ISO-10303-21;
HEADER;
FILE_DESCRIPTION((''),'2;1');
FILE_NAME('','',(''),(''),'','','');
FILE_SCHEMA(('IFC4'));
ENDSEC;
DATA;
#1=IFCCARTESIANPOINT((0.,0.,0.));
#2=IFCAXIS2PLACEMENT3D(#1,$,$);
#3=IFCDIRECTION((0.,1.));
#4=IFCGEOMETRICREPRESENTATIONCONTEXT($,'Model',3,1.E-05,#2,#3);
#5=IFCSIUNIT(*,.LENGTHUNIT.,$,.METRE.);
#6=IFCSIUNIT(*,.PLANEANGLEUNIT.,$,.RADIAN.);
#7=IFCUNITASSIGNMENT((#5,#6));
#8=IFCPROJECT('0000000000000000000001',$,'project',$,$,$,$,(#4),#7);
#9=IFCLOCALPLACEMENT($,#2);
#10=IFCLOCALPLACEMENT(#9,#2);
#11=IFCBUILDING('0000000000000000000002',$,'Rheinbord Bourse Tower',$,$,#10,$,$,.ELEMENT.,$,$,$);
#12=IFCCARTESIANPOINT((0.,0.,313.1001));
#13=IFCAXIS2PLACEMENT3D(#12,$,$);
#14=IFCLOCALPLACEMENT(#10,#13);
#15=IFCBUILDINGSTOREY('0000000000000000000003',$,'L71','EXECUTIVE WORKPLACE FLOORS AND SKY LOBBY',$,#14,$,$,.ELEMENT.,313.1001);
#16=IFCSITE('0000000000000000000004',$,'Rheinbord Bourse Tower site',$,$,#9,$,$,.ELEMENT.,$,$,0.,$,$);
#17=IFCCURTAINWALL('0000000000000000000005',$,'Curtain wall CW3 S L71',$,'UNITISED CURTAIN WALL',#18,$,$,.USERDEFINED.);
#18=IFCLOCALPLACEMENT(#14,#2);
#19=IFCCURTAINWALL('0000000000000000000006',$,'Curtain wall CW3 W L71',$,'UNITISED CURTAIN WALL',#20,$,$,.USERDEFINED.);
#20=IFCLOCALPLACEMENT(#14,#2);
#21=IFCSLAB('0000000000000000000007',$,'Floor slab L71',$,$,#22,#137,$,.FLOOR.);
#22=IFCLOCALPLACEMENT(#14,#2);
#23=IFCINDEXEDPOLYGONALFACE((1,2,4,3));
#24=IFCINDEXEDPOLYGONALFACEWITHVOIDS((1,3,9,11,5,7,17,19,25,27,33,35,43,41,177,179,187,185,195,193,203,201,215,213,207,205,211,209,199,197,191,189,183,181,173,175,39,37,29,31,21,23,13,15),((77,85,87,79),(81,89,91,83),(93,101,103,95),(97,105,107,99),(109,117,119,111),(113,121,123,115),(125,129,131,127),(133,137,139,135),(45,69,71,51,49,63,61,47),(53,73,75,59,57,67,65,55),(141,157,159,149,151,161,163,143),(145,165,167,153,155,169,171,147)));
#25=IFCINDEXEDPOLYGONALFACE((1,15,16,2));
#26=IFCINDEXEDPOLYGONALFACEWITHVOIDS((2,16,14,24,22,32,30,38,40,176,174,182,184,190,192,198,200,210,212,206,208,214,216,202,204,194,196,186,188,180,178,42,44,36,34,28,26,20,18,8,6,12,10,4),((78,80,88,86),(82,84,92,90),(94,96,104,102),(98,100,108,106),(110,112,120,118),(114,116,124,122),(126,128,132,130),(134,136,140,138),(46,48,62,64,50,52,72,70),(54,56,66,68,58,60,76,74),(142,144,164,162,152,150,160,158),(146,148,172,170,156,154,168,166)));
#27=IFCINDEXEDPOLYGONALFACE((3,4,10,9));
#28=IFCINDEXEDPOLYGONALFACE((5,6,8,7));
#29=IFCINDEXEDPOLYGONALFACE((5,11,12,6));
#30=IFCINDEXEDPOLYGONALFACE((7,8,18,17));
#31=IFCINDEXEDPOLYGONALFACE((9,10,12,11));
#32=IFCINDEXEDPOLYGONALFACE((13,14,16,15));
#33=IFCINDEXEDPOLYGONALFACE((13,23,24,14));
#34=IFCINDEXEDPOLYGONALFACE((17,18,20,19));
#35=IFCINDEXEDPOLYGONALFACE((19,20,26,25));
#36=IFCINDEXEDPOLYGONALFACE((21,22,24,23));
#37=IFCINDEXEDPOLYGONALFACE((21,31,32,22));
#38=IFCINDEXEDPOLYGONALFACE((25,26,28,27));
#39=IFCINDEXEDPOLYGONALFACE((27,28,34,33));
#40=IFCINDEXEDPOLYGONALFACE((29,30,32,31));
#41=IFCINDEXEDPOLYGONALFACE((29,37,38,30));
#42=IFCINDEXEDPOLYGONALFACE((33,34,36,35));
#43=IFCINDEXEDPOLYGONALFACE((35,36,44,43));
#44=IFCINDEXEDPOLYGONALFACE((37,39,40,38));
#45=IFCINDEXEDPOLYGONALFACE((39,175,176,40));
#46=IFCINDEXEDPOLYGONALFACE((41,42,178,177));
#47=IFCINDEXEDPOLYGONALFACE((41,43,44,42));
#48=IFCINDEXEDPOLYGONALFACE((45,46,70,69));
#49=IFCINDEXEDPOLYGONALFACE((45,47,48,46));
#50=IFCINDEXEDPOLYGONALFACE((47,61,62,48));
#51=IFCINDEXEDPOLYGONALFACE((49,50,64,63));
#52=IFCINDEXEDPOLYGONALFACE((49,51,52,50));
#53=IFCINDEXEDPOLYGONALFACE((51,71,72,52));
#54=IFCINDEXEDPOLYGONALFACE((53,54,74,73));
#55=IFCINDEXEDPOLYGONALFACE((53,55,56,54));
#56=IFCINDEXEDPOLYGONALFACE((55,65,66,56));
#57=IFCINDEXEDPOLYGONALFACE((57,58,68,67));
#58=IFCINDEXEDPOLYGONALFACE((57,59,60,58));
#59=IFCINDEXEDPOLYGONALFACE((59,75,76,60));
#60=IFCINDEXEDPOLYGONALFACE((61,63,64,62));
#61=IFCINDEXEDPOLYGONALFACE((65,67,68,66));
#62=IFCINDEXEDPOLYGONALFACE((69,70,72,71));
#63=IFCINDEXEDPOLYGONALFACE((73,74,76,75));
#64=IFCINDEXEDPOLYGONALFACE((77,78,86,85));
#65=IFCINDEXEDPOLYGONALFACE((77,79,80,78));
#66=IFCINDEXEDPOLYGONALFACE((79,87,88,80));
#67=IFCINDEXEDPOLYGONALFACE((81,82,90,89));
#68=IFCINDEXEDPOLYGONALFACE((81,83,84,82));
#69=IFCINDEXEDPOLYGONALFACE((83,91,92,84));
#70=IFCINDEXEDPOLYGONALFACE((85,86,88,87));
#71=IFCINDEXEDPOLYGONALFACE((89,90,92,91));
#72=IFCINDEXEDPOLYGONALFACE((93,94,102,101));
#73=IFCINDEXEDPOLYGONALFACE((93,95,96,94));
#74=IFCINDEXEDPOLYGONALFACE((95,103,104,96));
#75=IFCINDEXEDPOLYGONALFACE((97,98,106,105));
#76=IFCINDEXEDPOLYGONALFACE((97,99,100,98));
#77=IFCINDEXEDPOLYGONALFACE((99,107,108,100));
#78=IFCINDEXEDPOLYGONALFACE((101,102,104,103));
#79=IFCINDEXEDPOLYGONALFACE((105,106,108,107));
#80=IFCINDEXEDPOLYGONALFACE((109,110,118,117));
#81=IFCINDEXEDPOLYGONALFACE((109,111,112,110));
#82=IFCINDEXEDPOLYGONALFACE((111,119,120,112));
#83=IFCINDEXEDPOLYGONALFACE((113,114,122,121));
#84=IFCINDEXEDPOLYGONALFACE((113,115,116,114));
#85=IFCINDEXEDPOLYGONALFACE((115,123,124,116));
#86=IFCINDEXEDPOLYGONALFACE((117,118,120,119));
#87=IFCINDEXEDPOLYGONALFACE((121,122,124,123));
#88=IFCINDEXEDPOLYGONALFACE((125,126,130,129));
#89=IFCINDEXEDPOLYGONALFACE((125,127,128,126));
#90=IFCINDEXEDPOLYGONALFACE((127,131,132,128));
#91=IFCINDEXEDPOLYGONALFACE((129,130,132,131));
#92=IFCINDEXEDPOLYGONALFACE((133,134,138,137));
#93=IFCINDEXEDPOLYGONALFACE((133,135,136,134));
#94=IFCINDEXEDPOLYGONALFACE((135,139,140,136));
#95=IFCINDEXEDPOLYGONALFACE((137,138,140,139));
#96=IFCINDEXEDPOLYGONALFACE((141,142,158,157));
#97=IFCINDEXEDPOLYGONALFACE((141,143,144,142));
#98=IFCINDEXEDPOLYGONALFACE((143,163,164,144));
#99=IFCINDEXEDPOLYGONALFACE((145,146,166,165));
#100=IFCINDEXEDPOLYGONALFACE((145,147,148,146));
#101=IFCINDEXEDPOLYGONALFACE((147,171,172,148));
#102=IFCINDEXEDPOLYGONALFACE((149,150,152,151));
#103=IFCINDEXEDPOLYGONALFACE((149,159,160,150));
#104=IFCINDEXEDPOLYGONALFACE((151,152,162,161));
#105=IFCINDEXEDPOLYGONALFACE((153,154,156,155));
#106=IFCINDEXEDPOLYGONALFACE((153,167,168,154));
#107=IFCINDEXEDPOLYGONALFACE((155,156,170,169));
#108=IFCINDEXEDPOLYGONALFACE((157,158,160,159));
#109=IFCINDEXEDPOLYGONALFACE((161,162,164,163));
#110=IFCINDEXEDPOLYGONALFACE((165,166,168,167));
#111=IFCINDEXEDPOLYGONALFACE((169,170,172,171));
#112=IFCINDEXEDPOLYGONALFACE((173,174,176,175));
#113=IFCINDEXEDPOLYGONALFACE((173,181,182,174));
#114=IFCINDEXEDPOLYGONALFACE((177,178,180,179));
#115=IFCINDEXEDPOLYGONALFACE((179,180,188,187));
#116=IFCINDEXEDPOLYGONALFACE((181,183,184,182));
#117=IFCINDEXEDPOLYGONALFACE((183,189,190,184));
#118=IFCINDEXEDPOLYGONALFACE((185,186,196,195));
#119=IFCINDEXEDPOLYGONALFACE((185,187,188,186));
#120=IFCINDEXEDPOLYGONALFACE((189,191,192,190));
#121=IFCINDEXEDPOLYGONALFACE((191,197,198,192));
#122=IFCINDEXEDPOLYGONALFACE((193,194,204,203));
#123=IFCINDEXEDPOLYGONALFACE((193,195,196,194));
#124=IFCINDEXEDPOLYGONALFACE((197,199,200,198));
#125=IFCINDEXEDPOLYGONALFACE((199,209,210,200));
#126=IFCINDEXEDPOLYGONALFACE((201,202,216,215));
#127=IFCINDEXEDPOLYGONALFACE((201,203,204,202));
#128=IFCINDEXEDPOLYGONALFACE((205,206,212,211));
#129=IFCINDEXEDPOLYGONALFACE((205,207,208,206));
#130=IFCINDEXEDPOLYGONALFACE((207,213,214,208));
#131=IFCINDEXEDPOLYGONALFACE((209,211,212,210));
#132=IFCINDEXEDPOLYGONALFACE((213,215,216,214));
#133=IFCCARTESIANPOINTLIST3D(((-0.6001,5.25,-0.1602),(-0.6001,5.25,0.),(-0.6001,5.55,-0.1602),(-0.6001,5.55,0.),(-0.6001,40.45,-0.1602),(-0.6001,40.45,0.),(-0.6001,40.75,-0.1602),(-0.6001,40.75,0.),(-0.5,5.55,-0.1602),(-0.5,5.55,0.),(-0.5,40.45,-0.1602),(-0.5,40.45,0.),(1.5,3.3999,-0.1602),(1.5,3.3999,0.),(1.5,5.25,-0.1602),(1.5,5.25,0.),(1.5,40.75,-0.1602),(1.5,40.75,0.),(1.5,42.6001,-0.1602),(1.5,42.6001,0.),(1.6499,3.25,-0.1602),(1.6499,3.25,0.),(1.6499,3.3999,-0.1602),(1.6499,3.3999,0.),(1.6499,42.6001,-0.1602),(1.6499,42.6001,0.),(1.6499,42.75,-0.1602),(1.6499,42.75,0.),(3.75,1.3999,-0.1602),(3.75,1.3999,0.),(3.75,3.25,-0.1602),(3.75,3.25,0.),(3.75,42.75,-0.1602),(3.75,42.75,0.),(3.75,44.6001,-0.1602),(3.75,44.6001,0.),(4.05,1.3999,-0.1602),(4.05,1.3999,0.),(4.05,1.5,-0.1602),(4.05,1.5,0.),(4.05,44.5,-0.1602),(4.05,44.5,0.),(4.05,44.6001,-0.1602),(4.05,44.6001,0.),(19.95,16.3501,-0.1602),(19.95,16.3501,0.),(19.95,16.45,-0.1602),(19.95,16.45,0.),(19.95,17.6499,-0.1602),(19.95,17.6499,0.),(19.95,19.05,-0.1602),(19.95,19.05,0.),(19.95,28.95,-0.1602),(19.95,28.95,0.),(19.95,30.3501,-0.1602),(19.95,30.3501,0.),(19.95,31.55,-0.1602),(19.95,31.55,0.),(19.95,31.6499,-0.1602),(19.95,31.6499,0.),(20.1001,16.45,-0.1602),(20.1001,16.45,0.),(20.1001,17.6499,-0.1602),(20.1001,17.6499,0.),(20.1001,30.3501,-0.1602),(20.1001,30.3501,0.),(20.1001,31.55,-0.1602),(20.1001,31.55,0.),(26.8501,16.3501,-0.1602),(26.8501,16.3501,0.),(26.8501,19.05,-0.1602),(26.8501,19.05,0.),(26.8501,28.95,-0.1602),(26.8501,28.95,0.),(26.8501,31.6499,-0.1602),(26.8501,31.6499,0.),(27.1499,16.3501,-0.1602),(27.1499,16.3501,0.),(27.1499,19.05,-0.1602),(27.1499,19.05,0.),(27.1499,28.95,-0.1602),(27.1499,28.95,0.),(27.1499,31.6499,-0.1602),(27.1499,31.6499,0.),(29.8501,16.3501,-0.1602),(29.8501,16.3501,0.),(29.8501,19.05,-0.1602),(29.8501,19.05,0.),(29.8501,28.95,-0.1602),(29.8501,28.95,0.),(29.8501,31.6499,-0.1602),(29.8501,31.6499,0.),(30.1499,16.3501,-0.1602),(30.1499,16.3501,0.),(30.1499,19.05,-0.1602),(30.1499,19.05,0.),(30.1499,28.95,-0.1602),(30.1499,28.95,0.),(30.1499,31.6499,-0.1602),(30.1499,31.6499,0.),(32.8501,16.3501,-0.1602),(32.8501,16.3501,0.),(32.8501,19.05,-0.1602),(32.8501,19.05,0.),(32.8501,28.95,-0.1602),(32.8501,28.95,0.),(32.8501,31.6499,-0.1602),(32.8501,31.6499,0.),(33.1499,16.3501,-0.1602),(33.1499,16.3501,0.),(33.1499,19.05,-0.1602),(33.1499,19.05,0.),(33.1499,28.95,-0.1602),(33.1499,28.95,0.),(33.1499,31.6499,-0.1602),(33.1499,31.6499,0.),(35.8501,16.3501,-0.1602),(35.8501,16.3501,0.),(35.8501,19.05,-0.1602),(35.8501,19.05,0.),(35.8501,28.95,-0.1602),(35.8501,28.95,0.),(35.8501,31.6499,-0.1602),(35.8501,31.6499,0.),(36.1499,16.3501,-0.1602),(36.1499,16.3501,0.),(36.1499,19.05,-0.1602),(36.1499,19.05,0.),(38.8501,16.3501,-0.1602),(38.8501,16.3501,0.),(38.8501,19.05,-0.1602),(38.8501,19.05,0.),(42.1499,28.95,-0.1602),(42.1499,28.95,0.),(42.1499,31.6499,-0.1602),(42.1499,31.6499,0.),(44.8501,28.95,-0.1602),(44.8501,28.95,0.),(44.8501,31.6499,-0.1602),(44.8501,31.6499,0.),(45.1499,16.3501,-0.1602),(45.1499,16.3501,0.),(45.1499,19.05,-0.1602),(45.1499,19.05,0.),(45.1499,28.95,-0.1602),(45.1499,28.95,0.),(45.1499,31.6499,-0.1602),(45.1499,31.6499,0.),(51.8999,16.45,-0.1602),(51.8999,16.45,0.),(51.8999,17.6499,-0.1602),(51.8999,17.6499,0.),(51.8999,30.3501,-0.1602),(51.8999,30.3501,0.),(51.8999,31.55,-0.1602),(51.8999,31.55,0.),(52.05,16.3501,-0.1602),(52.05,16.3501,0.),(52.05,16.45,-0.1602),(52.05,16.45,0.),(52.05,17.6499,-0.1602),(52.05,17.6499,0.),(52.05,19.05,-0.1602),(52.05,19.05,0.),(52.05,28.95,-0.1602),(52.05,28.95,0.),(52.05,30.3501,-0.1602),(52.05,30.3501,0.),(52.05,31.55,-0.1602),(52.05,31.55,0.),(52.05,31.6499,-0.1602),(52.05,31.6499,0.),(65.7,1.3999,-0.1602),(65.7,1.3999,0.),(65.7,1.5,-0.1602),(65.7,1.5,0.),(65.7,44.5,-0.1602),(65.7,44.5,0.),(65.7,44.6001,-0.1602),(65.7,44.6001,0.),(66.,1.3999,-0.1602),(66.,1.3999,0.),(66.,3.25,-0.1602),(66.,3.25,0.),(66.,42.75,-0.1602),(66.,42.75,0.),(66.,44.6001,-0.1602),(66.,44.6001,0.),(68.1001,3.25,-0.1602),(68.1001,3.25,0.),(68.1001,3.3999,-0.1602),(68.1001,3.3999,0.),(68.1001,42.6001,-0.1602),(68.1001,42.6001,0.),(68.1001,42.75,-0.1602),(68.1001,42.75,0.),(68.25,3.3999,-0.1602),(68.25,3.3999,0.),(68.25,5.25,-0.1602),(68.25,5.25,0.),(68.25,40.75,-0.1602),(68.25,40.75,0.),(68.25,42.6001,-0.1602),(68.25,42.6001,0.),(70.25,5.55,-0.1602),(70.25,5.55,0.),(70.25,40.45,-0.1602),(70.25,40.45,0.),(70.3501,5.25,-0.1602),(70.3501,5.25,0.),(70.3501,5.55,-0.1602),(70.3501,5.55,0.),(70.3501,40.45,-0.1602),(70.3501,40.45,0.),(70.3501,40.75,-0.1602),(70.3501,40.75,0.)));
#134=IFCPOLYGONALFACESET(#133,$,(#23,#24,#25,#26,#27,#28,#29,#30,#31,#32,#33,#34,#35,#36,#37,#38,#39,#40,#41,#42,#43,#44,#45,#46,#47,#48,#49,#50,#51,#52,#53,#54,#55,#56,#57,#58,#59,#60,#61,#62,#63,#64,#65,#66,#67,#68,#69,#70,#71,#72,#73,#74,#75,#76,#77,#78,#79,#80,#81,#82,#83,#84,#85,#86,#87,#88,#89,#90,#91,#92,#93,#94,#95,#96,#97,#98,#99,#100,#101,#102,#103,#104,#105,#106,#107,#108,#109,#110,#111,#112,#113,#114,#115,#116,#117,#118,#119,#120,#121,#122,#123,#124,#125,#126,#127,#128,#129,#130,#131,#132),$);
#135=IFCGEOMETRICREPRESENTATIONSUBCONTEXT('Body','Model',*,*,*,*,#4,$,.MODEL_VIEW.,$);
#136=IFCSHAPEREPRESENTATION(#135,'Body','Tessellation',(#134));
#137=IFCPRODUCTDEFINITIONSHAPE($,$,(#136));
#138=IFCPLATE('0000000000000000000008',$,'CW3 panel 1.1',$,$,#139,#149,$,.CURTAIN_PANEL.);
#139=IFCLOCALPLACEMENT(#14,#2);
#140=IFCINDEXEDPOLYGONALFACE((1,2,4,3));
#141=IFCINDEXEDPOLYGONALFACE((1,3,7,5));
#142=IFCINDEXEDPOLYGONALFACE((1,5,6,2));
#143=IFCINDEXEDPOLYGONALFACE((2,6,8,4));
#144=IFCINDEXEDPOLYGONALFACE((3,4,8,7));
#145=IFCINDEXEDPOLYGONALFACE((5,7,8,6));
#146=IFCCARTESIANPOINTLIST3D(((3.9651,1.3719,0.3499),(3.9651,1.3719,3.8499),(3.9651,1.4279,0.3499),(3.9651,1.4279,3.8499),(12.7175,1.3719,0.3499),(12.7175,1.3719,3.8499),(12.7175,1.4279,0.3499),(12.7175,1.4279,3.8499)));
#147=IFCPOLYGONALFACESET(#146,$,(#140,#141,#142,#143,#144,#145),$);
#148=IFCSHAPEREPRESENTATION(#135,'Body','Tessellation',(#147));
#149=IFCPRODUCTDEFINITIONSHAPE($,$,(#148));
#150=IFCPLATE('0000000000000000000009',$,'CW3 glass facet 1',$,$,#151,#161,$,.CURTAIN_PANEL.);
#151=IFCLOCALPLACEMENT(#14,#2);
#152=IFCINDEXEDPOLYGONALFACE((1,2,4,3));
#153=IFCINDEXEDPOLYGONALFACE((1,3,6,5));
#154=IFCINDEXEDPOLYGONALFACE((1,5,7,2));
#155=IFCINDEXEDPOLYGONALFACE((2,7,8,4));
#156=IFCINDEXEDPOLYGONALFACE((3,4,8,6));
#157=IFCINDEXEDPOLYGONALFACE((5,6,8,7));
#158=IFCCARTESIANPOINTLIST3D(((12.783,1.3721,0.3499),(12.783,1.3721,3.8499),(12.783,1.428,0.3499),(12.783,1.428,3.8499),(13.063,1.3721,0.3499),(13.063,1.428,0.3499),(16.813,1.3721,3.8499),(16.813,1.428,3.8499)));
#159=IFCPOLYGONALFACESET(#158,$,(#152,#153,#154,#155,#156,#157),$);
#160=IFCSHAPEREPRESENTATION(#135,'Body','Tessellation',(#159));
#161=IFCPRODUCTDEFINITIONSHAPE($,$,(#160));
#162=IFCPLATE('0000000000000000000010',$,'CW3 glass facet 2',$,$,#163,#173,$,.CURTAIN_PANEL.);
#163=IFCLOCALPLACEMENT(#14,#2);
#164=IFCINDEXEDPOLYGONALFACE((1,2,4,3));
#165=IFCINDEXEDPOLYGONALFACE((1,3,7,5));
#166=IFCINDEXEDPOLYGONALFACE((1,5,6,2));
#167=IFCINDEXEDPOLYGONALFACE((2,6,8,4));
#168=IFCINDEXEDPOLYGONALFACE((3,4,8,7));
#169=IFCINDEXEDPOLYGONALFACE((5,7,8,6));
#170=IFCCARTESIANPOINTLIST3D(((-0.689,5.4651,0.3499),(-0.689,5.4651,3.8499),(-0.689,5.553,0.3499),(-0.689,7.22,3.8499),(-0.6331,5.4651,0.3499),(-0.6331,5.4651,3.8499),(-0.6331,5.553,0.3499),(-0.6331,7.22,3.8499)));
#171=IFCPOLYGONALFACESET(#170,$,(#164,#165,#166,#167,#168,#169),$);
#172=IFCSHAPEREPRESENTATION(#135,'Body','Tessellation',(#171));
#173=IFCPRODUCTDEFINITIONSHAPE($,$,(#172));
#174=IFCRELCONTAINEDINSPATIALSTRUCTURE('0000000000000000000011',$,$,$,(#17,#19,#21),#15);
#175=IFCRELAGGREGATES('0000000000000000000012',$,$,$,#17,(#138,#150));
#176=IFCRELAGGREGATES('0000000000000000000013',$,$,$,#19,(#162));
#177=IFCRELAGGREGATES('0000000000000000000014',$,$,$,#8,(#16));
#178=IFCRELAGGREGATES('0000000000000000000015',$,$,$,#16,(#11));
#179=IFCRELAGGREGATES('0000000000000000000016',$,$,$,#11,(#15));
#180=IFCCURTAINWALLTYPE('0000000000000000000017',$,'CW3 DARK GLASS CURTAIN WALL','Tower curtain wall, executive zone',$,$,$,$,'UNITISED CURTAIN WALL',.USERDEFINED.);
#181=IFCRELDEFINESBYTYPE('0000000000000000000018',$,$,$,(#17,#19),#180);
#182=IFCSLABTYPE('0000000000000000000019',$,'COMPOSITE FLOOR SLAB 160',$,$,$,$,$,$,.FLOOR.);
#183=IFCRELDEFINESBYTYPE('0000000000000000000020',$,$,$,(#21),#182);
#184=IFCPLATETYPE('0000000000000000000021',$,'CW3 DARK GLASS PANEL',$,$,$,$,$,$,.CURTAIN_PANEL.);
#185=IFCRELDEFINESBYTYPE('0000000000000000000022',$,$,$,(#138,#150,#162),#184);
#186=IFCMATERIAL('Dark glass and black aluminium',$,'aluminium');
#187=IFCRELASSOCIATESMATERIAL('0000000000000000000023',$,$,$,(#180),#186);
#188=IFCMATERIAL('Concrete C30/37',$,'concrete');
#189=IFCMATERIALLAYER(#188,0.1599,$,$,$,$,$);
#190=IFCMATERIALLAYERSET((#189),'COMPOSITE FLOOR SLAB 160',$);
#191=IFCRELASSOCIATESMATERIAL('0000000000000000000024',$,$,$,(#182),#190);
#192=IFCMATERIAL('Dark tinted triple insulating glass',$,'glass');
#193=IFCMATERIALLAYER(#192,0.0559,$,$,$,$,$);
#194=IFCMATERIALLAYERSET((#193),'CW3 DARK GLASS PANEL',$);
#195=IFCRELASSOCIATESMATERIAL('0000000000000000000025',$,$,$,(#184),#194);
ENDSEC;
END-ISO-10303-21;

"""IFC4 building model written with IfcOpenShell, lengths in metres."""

from ifc_helpers import new_model, si_unit, direction, frame, origin, origin_2d, place, context, subcontext, project, spatial, polyline, rectangle, outline, extrude, material, layer, layer_set, type_object, element, aggregate, save


model = new_model("IFC4")

# Units and contexts
model_context = context("Model", 3, precision=1e-05, world=origin(), true_north=direction((0.0, 1.0)))
body_context = subcontext(model_context, "Body", "Model", "MODEL_VIEW")
ifc_project = project(units=[si_unit("LENGTHUNIT", "METRE"), si_unit("PLANEANGLEUNIT", "RADIAN")], contexts=[model_context])

# Site, building, storey
site_placement = place(None, origin())
site = spatial("IfcSite", under=ifc_project, at=site_placement, Name="Rheinbord Bourse Tower site", CompositionType="ELEMENT", RefElevation=0.0)
building_placement = place(site_placement, origin())
building = spatial("IfcBuilding", under=site, at=building_placement, Name="Rheinbord Bourse Tower", CompositionType="ELEMENT")
storey_placement = place(building_placement, frame((0.0, 0.0, 313.1001)))
storey = spatial("IfcBuildingStorey", under=building, at=storey_placement, Name="L71", Description="EXECUTIVE WORKPLACE FLOORS AND SKY LOBBY", CompositionType="ELEMENT", Elevation=313.1001)

# Curtain wall
ifc_material_1 = material(Name="Dark glass and black aluminium", Category="aluminium")
curtain_wall_type = type_object("IfcCurtainWallType", Name="CW3 DARK GLASS CURTAIN WALL", Description="Tower curtain wall, executive zone", ElementType="UNITISED CURTAIN WALL", PredefinedType="USERDEFINED", material=ifc_material_1)
curtain_wall_1_placement = place(storey_placement, origin())
curtain_wall_1 = element("IfcCurtainWall", 1, at=curtain_wall_1_placement, inside=storey, type_object=curtain_wall_type, Name="Curtain wall CW3 S L71", ObjectType="UNITISED CURTAIN WALL", PredefinedType="USERDEFINED")

# Curtain wall
curtain_wall_2_placement = place(storey_placement, origin())
curtain_wall_2 = element("IfcCurtainWall", 2, at=curtain_wall_2_placement, inside=storey, type_object=curtain_wall_type, Name="Curtain wall CW3 W L71", ObjectType="UNITISED CURTAIN WALL", PredefinedType="USERDEFINED")

# Slab
ifc_material_2 = material(Name="Concrete C30/37", Category="concrete")
ifc_layer_1 = layer(ifc_material_2, 0.1599)
ifc_layer_set_1 = layer_set([ifc_layer_1], Name="COMPOSITE FLOOR SLAB 160")
slab_type_1 = type_object("IfcSlabType", Name="COMPOSITE FLOOR SLAB 160", PredefinedType="FLOOR", material=ifc_layer_set_1)
slab_1_placement = place(storey_placement, frame((0.0, 0.0, -0.1602)))
element("IfcSlab", 3, at=slab_1_placement, inside=storey, type_object=slab_type_1, Name="Floor slab L71", PredefinedType="FLOOR", context=body_context, shape_type="SweptSolid", body=[
    extrude(outline(polyline([(1.6499, 3.3999), (1.5, 3.3999), (1.5, 5.25), (-0.6001, 5.25), (-0.6001, 5.55), (-0.5, 5.55), (-0.5, 40.45), (-0.6001, 40.45), (-0.6001, 40.75), (1.5, 40.75), (1.5, 42.6001), (1.6499, 42.6001), (1.6499, 42.75), (3.75, 42.75), (3.75, 44.6001), (4.05, 44.6001), (4.05, 44.5), (65.7, 44.5), (65.7, 44.6001), (66.0, 44.6001), (66.0, 42.75), (68.1001, 42.75), (68.1001, 42.6001), (68.25, 42.6001), (68.25, 40.75), (70.3501, 40.75), (70.3501, 40.45), (70.25, 40.45), (70.25, 5.55), (70.3501, 5.55), (70.3501, 5.25), (68.25, 5.25), (68.25, 3.3999), (68.1001, 3.3999), (68.1001, 3.25), (66.0, 3.25), (66.0, 1.3999), (65.7, 1.3999), (65.7, 1.5), (4.05, 1.5), (4.05, 1.3999), (3.75, 1.3999), (3.75, 3.25), (1.6499, 3.25), (1.6499, 3.3999)]), holes=[polyline([(19.95, 19.05), (26.8501, 19.05), (26.8501, 16.3501), (19.95, 16.3501), (19.95, 16.45), (20.1001, 16.45), (20.1001, 17.6499), (19.95, 17.6499), (19.95, 19.05)]), polyline([(19.95, 31.6499), (26.8501, 31.6499), (26.8501, 28.95), (19.95, 28.95), (19.95, 30.3501), (20.1001, 30.3501), (20.1001, 31.55), (19.95, 31.55), (19.95, 31.6499)]), polyline([(52.05, 16.3501), (45.1499, 16.3501), (45.1499, 19.05), (52.05, 19.05), (52.05, 17.6499), (51.8999, 17.6499), (51.8999, 16.45), (52.05, 16.45), (52.05, 16.3501)]), polyline([(52.05, 28.95), (45.1499, 28.95), (45.1499, 31.6499), (52.05, 31.6499), (52.05, 31.55), (51.8999, 31.55), (51.8999, 30.3501), (52.05, 30.3501), (52.05, 28.95)]), polyline([(27.1499, 16.3501), (27.1499, 19.05), (29.8501, 19.05), (29.8501, 16.3501), (27.1499, 16.3501)]), polyline([(27.1499, 28.95), (27.1499, 31.6499), (29.8501, 31.6499), (29.8501, 28.95), (27.1499, 28.95)]), polyline([(30.1499, 16.3501), (30.1499, 19.05), (32.8501, 19.05), (32.8501, 16.3501), (30.1499, 16.3501)]), polyline([(30.1499, 28.95), (30.1499, 31.6499), (32.8501, 31.6499), (32.8501, 28.95), (30.1499, 28.95)]), polyline([(33.1499, 16.3501), (33.1499, 19.05), (35.8501, 19.05), (35.8501, 16.3501), (33.1499, 16.3501)]), polyline([(33.1499, 28.95), (33.1499, 31.6499), (35.8501, 31.6499), (35.8501, 28.95), (33.1499, 28.95)]), polyline([(36.1499, 16.3501), (36.1499, 19.05), (38.8501, 19.05), (38.8501, 16.3501), (36.1499, 16.3501)]), polyline([(42.1499, 28.95), (42.1499, 31.6499), (44.8501, 31.6499), (44.8501, 28.95), (42.1499, 28.95)])]), origin(), (0.0, 0.0, 1.0), 0.1602),
])

# Plates
ifc_material_3 = material(Name="Dark tinted triple insulating glass", Category="glass")
ifc_layer_2 = layer(ifc_material_3, 0.0559)
ifc_layer_set_2 = layer_set([ifc_layer_2], Name="CW3 DARK GLASS PANEL")
plate_type = type_object("IfcPlateType", Name="CW3 DARK GLASS PANEL", PredefinedType="CURTAIN_PANEL", material=ifc_layer_set_2)
plate_1_placement = place(storey_placement, frame((8.3413, 1.3999, 0.3499), z_axis=(0.0, 0.0, 1.0), x_axis=(1.0, 0.0, 0.0)))
plate_1 = element("IfcPlate", 4, at=plate_1_placement, type_object=plate_type, Name="CW3 panel 1.1", PredefinedType="CURTAIN_PANEL", context=body_context, shape_type="SweptSolid", body=[
    extrude(rectangle(XDim=8.7524, YDim=0.0559, at=origin_2d()), origin(), (0.0, 0.0, 1.0), 3.5),
])
plate_2_placement = place(storey_placement, frame((12.783, 1.3721, 0.3499), z_axis=(0.0, 1.0, 0.0), x_axis=(0.0, 0.0, 1.0)))
plate_2 = element("IfcPlate", 5, at=plate_2_placement, type_object=plate_type, Name="CW3 glass facet 1", PredefinedType="CURTAIN_PANEL", context=body_context, shape_type="SweptSolid", body=[
    extrude(outline(polyline([(0.0, 0.0), (3.5, 0.0), (3.5, 4.03), (0.0, 0.28), (0.0, 0.0)])), origin(), (0.0, 0.0, 1.0), 0.0559),
])
aggregate(curtain_wall_1, [plate_1, plate_2])
plate_3_placement = place(storey_placement, frame((-0.689, 5.4651, 3.8499), z_axis=(1.0, 0.0, 0.0), x_axis=(0.0, 0.0, -1.0)))
plate_3 = element("IfcPlate", 6, at=plate_3_placement, type_object=plate_type, Name="CW3 glass facet 2", PredefinedType="CURTAIN_PANEL", context=body_context, shape_type="SweptSolid", body=[
    extrude(outline(polyline([(0.0, 0.0), (3.5, 0.0), (3.5, 0.0879), (0.0, 1.7549), (0.0, 0.0)])), origin(), (0.0, 0.0, 1.0), 0.0559),
])
aggregate(curtain_wall_2, [plate_3])

save(model, "model.ifc")
